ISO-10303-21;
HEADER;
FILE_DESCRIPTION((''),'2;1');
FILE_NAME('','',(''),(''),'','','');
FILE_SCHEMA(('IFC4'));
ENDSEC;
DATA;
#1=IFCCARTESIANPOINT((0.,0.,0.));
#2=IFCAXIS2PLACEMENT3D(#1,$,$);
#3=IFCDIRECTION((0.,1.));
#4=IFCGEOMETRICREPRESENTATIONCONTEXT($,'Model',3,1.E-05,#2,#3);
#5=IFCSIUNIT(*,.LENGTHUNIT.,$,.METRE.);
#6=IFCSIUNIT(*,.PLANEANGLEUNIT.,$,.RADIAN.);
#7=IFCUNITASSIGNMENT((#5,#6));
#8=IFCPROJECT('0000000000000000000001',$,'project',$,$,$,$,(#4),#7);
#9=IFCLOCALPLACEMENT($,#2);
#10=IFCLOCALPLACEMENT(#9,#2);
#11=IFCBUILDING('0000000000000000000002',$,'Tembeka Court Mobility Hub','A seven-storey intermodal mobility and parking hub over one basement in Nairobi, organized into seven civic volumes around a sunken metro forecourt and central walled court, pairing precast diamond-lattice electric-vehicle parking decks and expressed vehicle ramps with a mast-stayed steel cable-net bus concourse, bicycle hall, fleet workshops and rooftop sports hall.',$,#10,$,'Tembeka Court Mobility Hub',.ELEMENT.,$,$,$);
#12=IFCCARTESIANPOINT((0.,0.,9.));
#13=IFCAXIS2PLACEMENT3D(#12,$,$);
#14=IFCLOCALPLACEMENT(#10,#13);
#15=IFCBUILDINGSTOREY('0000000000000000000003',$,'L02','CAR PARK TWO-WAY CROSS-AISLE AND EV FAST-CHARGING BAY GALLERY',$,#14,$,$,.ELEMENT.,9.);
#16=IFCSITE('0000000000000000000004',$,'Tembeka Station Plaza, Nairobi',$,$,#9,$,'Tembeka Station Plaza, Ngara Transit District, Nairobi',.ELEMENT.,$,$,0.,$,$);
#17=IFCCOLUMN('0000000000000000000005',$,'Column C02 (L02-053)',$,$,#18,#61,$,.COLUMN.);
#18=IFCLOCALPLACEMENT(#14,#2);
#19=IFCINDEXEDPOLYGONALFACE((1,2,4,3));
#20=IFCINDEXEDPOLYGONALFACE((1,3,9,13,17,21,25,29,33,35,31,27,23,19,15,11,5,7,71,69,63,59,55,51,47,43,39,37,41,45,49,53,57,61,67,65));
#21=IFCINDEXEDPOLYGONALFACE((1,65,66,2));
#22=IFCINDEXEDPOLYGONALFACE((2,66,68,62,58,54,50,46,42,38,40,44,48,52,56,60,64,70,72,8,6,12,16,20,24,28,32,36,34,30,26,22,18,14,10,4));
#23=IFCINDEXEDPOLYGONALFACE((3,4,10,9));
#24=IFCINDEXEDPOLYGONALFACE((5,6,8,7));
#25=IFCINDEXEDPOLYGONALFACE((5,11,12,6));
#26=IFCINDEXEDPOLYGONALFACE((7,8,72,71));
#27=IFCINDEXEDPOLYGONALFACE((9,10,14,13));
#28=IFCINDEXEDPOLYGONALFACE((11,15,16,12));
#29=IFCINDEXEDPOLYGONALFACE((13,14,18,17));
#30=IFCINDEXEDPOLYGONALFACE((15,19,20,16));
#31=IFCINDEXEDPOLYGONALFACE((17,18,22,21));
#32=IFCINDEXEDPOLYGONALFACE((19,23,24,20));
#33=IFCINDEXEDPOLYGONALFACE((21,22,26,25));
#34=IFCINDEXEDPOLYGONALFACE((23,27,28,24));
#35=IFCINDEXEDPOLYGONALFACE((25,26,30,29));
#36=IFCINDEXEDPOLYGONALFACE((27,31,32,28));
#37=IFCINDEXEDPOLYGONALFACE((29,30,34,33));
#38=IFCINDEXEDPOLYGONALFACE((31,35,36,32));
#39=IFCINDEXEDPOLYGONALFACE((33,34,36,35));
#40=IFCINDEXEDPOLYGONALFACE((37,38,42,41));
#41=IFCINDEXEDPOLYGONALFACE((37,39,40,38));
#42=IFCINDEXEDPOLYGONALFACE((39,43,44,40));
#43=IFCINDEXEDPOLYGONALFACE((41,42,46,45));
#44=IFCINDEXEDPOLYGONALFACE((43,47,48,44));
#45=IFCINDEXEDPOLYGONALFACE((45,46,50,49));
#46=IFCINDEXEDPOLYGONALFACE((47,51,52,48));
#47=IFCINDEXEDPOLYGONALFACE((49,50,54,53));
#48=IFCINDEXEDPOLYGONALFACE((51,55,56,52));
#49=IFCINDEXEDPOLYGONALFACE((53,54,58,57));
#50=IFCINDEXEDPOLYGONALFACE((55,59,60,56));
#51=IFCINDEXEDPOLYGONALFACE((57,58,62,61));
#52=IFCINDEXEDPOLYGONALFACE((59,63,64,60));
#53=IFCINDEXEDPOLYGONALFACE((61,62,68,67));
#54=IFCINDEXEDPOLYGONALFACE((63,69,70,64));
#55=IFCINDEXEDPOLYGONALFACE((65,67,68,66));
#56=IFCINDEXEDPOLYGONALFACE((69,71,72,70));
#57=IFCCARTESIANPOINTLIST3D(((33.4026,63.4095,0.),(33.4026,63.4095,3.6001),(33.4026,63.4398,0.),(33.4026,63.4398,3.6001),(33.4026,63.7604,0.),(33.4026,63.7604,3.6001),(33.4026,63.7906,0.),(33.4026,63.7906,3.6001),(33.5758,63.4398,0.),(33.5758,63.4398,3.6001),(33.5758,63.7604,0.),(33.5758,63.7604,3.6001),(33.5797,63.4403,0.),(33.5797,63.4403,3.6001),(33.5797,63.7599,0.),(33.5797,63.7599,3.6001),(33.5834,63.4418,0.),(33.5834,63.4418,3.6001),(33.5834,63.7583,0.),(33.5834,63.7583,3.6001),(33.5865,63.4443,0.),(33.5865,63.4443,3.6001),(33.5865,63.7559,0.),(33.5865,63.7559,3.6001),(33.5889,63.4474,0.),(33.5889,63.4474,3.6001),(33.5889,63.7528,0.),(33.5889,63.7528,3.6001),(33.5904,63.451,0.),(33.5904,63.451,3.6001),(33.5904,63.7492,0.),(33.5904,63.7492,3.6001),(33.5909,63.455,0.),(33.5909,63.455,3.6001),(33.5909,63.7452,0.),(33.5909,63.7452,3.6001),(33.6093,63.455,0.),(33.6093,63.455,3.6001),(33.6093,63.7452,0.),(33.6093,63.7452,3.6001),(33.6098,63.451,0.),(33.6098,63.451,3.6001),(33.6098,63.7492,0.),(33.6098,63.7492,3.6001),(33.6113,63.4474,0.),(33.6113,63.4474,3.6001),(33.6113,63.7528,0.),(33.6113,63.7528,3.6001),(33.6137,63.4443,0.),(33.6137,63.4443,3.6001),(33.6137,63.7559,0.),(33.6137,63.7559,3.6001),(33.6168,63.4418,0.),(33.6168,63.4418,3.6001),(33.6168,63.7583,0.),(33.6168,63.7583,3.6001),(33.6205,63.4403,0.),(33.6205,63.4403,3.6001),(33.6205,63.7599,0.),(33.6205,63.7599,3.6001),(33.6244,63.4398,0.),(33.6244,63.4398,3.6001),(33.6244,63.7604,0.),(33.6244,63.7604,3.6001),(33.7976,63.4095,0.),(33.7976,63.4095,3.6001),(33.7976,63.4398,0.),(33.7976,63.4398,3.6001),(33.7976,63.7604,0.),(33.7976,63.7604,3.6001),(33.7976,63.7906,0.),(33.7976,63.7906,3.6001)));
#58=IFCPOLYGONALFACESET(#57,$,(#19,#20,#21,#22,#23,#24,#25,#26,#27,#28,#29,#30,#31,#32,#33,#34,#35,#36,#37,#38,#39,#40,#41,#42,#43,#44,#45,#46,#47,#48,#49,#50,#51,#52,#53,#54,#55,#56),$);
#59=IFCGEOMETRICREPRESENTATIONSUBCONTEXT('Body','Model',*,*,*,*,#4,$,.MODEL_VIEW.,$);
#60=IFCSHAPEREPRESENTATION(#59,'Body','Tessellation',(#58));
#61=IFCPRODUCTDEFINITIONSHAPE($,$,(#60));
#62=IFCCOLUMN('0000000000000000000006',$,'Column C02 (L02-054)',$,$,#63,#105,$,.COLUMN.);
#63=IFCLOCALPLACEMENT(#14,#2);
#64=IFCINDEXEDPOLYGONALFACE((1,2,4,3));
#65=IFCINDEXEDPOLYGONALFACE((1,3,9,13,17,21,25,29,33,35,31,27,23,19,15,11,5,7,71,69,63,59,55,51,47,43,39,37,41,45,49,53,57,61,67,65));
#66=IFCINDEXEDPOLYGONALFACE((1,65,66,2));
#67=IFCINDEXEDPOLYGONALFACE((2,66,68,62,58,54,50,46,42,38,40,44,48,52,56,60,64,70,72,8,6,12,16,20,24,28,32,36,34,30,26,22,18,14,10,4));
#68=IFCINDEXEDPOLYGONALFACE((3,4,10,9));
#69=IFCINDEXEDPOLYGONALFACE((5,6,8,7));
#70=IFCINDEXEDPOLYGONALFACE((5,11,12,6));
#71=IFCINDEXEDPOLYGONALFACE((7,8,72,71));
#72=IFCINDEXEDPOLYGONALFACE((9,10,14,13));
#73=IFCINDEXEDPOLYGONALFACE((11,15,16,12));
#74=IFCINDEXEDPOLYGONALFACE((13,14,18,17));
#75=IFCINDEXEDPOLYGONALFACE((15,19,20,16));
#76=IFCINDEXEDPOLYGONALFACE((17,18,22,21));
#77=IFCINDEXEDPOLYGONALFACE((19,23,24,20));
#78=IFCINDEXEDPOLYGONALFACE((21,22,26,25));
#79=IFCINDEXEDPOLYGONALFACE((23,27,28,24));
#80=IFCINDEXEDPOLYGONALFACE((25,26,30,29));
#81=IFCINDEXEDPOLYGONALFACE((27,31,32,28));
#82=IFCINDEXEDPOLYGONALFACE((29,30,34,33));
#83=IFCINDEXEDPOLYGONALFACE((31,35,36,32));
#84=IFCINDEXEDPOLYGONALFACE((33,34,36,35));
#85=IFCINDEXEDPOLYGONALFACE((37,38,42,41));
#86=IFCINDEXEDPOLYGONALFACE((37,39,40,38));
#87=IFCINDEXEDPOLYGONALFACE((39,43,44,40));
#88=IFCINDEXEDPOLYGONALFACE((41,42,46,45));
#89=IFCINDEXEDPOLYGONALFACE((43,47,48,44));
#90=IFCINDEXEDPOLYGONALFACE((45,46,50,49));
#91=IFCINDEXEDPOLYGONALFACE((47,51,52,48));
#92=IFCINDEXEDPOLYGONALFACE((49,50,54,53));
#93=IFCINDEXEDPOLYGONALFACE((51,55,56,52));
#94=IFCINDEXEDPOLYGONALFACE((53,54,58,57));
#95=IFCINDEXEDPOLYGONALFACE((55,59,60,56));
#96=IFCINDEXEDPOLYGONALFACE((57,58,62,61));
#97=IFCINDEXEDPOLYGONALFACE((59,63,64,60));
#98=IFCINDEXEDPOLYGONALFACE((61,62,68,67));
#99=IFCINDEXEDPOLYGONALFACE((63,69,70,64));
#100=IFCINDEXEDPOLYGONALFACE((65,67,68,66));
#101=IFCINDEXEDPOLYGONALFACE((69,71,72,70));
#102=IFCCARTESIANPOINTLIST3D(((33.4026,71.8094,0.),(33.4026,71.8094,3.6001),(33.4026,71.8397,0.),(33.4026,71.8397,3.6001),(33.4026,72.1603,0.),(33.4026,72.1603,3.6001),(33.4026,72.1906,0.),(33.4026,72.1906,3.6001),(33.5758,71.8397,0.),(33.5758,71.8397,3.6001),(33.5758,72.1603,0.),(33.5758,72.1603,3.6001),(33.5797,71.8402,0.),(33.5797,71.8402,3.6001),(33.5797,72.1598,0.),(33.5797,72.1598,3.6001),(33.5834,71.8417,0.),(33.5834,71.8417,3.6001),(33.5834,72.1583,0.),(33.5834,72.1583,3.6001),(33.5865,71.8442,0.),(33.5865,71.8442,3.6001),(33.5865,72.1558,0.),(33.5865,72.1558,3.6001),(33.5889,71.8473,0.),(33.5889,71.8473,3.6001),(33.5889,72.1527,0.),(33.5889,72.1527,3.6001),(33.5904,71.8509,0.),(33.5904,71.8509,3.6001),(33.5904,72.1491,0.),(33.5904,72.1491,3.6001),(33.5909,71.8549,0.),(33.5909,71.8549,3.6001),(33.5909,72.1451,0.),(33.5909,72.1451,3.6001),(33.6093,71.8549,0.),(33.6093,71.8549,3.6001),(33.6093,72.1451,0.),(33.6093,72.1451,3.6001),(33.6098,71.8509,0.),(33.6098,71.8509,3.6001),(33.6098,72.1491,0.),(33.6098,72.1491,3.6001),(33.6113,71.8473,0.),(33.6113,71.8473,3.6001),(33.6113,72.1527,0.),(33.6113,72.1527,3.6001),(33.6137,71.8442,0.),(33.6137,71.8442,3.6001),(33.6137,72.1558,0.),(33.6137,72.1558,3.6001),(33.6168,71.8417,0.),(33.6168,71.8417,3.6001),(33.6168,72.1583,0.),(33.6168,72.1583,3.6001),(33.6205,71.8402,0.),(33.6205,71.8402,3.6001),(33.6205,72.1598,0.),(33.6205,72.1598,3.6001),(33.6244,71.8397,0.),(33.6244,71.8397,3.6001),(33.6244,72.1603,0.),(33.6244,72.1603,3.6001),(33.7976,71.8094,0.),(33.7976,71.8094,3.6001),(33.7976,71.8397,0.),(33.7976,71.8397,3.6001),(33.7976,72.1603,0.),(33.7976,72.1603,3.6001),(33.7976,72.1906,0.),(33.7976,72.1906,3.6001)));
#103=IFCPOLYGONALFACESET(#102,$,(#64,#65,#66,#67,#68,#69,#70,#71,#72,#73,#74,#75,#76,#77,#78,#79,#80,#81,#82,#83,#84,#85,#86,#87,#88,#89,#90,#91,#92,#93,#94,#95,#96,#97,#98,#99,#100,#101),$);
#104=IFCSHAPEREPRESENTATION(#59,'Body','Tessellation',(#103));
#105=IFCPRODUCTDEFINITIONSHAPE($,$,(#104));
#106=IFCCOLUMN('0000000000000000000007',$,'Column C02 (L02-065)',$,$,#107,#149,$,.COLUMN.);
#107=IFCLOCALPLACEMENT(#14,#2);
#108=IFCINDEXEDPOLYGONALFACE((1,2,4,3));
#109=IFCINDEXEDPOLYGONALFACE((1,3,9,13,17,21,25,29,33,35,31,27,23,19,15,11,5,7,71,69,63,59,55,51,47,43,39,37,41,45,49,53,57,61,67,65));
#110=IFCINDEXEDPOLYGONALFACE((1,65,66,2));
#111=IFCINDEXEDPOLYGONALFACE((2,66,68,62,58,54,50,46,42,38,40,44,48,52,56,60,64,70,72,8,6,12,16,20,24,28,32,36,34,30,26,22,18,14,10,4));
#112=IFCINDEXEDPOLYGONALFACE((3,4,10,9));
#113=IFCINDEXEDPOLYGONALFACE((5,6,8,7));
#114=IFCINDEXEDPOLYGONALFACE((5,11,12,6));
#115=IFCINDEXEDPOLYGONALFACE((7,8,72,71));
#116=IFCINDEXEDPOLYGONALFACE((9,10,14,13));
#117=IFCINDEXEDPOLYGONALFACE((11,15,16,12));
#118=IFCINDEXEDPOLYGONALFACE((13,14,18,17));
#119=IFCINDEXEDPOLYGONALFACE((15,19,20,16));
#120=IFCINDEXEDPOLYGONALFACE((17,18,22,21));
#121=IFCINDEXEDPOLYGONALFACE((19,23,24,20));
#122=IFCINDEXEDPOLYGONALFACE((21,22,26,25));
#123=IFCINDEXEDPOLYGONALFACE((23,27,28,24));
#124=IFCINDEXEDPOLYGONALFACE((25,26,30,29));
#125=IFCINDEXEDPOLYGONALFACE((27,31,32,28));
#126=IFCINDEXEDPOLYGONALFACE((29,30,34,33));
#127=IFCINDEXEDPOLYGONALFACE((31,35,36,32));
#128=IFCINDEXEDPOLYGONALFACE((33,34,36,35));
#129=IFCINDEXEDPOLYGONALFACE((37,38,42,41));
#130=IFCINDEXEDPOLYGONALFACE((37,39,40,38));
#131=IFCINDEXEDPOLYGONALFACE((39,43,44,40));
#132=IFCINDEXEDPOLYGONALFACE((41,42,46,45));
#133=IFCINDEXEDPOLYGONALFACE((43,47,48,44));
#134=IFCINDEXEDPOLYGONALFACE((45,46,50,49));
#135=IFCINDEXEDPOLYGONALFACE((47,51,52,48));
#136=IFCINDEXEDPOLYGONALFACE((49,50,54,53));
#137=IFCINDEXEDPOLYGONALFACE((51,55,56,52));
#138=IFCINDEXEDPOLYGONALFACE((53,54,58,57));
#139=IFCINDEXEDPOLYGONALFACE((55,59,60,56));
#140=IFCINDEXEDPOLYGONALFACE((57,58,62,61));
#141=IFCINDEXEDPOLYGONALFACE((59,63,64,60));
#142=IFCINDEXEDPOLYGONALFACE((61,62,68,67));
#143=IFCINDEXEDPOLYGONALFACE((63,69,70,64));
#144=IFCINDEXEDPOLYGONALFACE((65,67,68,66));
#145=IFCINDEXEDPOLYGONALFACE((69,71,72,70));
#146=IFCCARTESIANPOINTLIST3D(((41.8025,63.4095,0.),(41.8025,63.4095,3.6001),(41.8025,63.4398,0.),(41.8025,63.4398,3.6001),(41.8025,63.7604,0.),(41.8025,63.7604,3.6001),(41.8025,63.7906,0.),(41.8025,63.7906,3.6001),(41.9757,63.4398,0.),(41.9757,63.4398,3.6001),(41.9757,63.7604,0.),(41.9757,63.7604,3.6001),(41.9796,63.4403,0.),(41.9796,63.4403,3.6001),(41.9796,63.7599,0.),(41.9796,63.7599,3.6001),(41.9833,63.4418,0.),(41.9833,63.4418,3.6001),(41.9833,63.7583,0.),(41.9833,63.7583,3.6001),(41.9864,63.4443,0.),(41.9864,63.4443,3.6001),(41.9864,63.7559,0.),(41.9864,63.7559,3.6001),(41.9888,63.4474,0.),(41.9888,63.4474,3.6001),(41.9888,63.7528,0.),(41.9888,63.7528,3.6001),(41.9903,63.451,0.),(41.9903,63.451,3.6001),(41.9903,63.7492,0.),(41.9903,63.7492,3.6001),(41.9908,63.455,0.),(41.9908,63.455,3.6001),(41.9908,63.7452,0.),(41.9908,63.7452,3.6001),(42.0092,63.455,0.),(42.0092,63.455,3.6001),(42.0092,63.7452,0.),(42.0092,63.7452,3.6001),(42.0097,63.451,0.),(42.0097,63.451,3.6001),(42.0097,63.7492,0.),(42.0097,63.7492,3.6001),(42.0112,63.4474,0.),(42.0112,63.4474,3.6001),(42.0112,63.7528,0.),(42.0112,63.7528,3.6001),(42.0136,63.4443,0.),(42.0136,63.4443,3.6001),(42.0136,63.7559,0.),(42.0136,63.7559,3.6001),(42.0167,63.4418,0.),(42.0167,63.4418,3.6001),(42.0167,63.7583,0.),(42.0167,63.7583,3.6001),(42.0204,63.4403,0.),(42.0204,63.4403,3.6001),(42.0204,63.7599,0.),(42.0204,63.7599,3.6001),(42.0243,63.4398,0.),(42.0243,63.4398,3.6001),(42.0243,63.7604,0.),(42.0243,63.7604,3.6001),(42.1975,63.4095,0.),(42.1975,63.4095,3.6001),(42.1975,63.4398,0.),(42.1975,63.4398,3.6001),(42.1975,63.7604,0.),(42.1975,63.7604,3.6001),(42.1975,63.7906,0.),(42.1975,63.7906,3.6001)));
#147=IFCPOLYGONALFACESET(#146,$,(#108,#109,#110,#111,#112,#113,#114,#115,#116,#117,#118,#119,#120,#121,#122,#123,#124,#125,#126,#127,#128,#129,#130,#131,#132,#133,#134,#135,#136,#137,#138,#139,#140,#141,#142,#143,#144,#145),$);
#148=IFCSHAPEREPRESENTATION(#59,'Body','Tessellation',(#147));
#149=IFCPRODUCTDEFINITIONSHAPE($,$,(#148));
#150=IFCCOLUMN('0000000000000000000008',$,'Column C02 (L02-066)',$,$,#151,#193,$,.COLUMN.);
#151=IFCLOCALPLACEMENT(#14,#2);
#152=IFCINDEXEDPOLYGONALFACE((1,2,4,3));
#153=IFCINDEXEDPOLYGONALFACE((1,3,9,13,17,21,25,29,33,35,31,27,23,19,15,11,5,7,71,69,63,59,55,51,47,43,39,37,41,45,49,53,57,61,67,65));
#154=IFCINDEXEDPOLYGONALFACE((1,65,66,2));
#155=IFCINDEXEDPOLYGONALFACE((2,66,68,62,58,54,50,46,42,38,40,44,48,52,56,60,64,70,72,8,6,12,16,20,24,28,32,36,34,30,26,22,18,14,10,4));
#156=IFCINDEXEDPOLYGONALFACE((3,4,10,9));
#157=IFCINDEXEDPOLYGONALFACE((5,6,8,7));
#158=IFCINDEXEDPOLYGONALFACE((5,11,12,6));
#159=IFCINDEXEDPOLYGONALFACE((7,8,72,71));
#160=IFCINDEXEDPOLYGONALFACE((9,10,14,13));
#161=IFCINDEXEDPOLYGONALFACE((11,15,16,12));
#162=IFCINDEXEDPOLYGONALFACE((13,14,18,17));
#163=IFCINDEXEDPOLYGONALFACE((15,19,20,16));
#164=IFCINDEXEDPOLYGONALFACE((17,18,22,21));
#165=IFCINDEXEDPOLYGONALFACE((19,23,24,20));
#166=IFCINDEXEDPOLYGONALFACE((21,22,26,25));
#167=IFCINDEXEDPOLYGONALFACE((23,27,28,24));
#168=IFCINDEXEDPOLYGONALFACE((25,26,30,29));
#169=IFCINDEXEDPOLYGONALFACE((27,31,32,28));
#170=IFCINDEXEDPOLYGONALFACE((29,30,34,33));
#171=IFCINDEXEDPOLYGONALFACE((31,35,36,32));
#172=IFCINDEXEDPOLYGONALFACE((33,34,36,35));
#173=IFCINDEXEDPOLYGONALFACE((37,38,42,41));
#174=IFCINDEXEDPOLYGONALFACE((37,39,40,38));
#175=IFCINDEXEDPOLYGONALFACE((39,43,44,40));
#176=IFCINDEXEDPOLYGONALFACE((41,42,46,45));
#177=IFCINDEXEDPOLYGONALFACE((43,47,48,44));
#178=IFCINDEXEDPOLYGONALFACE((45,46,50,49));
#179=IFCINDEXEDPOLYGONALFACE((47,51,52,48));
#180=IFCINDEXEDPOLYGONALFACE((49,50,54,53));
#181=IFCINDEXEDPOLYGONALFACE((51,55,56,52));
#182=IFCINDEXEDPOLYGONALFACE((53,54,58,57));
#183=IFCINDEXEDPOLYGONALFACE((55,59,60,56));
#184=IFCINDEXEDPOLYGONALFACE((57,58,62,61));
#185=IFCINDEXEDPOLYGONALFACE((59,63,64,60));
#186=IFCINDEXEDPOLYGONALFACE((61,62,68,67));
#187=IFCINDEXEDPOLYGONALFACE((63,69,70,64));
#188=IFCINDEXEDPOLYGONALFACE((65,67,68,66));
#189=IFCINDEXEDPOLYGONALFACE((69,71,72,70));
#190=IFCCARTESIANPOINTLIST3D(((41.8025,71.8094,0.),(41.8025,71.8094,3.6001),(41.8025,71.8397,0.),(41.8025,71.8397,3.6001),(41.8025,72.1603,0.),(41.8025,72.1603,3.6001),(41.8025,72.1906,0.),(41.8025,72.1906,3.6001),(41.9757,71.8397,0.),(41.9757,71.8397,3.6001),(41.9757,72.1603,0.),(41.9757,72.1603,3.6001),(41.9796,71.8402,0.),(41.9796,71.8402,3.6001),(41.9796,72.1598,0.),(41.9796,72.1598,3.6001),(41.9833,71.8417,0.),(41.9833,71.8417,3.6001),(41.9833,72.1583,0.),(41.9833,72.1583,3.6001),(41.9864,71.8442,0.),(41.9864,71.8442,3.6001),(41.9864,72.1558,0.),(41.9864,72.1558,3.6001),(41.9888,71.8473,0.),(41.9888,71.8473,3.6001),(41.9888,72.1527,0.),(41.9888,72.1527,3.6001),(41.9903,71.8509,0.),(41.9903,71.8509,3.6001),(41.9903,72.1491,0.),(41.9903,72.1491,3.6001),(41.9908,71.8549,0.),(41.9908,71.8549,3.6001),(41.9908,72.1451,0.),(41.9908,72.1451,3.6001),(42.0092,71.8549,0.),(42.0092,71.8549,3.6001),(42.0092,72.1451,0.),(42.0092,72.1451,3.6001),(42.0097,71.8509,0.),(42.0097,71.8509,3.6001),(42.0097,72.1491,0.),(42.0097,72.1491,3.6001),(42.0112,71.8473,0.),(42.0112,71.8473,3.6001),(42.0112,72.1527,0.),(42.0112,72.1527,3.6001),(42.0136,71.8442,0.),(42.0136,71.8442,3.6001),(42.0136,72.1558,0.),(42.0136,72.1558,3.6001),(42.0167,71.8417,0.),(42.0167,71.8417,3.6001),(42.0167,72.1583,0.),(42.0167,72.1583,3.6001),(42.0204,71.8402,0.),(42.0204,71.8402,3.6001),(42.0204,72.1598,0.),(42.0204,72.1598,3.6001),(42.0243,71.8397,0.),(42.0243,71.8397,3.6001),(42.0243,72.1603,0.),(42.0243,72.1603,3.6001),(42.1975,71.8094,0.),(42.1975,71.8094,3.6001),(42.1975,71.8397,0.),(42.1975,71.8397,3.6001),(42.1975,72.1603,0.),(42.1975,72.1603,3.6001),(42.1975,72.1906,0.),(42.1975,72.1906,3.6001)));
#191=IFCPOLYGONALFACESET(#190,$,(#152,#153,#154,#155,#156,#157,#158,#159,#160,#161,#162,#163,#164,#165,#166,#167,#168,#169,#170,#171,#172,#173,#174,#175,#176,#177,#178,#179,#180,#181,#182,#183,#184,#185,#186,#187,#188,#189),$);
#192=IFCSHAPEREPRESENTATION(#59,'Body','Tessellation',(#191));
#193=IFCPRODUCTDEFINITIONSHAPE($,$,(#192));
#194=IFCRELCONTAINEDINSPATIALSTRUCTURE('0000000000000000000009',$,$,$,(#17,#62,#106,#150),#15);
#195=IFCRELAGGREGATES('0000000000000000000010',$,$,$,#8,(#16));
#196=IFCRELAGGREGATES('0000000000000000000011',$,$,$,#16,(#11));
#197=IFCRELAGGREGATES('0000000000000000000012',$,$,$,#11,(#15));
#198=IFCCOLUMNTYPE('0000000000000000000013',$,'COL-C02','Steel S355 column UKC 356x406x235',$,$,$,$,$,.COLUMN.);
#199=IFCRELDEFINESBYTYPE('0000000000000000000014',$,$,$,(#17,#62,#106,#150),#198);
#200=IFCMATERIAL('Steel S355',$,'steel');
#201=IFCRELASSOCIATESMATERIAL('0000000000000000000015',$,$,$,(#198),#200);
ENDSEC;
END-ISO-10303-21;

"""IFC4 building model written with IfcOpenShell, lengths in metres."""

from ifc_helpers import new_model, si_unit, direction, frame, origin, origin_2d, place, context, subcontext, project, spatial, i_section, extrude, material, material_profile, profile_set, type_object, element, save


model = new_model("IFC4")

# Units and contexts
model_context = context("Model", 3, precision=1e-05, world=origin(), true_north=direction((0.0, 1.0)))
body_context = subcontext(model_context, "Body", "Model", "MODEL_VIEW")
ifc_project = project(units=[si_unit("LENGTHUNIT", "METRE"), si_unit("PLANEANGLEUNIT", "RADIAN")], contexts=[model_context])

# Site, building, storey
site_placement = place(None, origin())
site = spatial("IfcSite", under=ifc_project, at=site_placement, Name="Tembeka Station Plaza, Nairobi", LongName="Tembeka Station Plaza, Ngara Transit District, Nairobi", CompositionType="ELEMENT", RefElevation=0.0)
building_placement = place(site_placement, origin())
building = spatial("IfcBuilding", under=site, at=building_placement, Name="Tembeka Court Mobility Hub", Description="A seven-storey intermodal mobility and parking hub over one basement in Nairobi, organized into seven civic volumes around a sunken metro forecourt and central walled court, pairing precast diamond-lattice electric-vehicle parking decks and expressed vehicle ramps with a mast-stayed steel cable-net bus concourse, bicycle hall, fleet workshops and rooftop sports hall.", LongName="Tembeka Court Mobility Hub", CompositionType="ELEMENT")
storey_placement = place(building_placement, frame((0.0, 0.0, 9.0)))
storey = spatial("IfcBuildingStorey", under=building, at=storey_placement, Name="L02", Description="CAR PARK TWO-WAY CROSS-AISLE AND EV FAST-CHARGING BAY GALLERY", CompositionType="ELEMENT", Elevation=9.0)

# Columns
ifc_material = material(Name="Steel S355", Category="steel")
ifc_material_profile_1 = material_profile(ifc_material, i_section(OverallWidth=0.395, OverallDepth=0.3811, WebThickness=0.0183, FlangeThickness=0.0303, FilletRadius=0.0151, at=origin_2d()), Name="UKC 356x406x235")
ifc_profile_set_1 = profile_set([ifc_material_profile_1], Name="Steel S355")
column_type = type_object("IfcColumnType", Name="COL-C02", Description="Steel S355 column UKC 356x406x235", PredefinedType="COLUMN", material=ifc_profile_set_1)
for number, where, z_axis, x_axis, name in (
    (1, (33.6001, 63.6001, 0.0), (0.0, 0.0, 1.0), (1.0, 0.0, 0.0), "Column C02 (L02-053)"),
    (2, (33.6001, 72.0, 0.0), (0.0, 0.0, 1.0), (1.0, 0.0, 0.0), "Column C02 (L02-054)"),
    (3, (42.0, 63.6001, 0.0), (0.0, 0.0, 1.0), (1.0, 0.0, 0.0), "Column C02 (L02-065)"),
    (4, (42.0, 72.0, 0.0), (0.0, 0.0, 1.0), (1.0, 0.0, 0.0), "Column C02 (L02-066)"),
):
    element("IfcColumn", number, at=place(storey_placement, frame(where, z_axis=z_axis, x_axis=x_axis)), inside=storey, type_object=column_type, Name=name, PredefinedType="COLUMN", context=body_context, shape_type="SweptSolid", body=[
        extrude(i_section(OverallWidth=0.395, OverallDepth=0.3811, WebThickness=0.0183, FlangeThickness=0.0303, FilletRadius=0.0151, at=origin_2d()), origin(), (0.0, 0.0, 1.0), 3.6001),
    ])

save(model, "model.ifc")
